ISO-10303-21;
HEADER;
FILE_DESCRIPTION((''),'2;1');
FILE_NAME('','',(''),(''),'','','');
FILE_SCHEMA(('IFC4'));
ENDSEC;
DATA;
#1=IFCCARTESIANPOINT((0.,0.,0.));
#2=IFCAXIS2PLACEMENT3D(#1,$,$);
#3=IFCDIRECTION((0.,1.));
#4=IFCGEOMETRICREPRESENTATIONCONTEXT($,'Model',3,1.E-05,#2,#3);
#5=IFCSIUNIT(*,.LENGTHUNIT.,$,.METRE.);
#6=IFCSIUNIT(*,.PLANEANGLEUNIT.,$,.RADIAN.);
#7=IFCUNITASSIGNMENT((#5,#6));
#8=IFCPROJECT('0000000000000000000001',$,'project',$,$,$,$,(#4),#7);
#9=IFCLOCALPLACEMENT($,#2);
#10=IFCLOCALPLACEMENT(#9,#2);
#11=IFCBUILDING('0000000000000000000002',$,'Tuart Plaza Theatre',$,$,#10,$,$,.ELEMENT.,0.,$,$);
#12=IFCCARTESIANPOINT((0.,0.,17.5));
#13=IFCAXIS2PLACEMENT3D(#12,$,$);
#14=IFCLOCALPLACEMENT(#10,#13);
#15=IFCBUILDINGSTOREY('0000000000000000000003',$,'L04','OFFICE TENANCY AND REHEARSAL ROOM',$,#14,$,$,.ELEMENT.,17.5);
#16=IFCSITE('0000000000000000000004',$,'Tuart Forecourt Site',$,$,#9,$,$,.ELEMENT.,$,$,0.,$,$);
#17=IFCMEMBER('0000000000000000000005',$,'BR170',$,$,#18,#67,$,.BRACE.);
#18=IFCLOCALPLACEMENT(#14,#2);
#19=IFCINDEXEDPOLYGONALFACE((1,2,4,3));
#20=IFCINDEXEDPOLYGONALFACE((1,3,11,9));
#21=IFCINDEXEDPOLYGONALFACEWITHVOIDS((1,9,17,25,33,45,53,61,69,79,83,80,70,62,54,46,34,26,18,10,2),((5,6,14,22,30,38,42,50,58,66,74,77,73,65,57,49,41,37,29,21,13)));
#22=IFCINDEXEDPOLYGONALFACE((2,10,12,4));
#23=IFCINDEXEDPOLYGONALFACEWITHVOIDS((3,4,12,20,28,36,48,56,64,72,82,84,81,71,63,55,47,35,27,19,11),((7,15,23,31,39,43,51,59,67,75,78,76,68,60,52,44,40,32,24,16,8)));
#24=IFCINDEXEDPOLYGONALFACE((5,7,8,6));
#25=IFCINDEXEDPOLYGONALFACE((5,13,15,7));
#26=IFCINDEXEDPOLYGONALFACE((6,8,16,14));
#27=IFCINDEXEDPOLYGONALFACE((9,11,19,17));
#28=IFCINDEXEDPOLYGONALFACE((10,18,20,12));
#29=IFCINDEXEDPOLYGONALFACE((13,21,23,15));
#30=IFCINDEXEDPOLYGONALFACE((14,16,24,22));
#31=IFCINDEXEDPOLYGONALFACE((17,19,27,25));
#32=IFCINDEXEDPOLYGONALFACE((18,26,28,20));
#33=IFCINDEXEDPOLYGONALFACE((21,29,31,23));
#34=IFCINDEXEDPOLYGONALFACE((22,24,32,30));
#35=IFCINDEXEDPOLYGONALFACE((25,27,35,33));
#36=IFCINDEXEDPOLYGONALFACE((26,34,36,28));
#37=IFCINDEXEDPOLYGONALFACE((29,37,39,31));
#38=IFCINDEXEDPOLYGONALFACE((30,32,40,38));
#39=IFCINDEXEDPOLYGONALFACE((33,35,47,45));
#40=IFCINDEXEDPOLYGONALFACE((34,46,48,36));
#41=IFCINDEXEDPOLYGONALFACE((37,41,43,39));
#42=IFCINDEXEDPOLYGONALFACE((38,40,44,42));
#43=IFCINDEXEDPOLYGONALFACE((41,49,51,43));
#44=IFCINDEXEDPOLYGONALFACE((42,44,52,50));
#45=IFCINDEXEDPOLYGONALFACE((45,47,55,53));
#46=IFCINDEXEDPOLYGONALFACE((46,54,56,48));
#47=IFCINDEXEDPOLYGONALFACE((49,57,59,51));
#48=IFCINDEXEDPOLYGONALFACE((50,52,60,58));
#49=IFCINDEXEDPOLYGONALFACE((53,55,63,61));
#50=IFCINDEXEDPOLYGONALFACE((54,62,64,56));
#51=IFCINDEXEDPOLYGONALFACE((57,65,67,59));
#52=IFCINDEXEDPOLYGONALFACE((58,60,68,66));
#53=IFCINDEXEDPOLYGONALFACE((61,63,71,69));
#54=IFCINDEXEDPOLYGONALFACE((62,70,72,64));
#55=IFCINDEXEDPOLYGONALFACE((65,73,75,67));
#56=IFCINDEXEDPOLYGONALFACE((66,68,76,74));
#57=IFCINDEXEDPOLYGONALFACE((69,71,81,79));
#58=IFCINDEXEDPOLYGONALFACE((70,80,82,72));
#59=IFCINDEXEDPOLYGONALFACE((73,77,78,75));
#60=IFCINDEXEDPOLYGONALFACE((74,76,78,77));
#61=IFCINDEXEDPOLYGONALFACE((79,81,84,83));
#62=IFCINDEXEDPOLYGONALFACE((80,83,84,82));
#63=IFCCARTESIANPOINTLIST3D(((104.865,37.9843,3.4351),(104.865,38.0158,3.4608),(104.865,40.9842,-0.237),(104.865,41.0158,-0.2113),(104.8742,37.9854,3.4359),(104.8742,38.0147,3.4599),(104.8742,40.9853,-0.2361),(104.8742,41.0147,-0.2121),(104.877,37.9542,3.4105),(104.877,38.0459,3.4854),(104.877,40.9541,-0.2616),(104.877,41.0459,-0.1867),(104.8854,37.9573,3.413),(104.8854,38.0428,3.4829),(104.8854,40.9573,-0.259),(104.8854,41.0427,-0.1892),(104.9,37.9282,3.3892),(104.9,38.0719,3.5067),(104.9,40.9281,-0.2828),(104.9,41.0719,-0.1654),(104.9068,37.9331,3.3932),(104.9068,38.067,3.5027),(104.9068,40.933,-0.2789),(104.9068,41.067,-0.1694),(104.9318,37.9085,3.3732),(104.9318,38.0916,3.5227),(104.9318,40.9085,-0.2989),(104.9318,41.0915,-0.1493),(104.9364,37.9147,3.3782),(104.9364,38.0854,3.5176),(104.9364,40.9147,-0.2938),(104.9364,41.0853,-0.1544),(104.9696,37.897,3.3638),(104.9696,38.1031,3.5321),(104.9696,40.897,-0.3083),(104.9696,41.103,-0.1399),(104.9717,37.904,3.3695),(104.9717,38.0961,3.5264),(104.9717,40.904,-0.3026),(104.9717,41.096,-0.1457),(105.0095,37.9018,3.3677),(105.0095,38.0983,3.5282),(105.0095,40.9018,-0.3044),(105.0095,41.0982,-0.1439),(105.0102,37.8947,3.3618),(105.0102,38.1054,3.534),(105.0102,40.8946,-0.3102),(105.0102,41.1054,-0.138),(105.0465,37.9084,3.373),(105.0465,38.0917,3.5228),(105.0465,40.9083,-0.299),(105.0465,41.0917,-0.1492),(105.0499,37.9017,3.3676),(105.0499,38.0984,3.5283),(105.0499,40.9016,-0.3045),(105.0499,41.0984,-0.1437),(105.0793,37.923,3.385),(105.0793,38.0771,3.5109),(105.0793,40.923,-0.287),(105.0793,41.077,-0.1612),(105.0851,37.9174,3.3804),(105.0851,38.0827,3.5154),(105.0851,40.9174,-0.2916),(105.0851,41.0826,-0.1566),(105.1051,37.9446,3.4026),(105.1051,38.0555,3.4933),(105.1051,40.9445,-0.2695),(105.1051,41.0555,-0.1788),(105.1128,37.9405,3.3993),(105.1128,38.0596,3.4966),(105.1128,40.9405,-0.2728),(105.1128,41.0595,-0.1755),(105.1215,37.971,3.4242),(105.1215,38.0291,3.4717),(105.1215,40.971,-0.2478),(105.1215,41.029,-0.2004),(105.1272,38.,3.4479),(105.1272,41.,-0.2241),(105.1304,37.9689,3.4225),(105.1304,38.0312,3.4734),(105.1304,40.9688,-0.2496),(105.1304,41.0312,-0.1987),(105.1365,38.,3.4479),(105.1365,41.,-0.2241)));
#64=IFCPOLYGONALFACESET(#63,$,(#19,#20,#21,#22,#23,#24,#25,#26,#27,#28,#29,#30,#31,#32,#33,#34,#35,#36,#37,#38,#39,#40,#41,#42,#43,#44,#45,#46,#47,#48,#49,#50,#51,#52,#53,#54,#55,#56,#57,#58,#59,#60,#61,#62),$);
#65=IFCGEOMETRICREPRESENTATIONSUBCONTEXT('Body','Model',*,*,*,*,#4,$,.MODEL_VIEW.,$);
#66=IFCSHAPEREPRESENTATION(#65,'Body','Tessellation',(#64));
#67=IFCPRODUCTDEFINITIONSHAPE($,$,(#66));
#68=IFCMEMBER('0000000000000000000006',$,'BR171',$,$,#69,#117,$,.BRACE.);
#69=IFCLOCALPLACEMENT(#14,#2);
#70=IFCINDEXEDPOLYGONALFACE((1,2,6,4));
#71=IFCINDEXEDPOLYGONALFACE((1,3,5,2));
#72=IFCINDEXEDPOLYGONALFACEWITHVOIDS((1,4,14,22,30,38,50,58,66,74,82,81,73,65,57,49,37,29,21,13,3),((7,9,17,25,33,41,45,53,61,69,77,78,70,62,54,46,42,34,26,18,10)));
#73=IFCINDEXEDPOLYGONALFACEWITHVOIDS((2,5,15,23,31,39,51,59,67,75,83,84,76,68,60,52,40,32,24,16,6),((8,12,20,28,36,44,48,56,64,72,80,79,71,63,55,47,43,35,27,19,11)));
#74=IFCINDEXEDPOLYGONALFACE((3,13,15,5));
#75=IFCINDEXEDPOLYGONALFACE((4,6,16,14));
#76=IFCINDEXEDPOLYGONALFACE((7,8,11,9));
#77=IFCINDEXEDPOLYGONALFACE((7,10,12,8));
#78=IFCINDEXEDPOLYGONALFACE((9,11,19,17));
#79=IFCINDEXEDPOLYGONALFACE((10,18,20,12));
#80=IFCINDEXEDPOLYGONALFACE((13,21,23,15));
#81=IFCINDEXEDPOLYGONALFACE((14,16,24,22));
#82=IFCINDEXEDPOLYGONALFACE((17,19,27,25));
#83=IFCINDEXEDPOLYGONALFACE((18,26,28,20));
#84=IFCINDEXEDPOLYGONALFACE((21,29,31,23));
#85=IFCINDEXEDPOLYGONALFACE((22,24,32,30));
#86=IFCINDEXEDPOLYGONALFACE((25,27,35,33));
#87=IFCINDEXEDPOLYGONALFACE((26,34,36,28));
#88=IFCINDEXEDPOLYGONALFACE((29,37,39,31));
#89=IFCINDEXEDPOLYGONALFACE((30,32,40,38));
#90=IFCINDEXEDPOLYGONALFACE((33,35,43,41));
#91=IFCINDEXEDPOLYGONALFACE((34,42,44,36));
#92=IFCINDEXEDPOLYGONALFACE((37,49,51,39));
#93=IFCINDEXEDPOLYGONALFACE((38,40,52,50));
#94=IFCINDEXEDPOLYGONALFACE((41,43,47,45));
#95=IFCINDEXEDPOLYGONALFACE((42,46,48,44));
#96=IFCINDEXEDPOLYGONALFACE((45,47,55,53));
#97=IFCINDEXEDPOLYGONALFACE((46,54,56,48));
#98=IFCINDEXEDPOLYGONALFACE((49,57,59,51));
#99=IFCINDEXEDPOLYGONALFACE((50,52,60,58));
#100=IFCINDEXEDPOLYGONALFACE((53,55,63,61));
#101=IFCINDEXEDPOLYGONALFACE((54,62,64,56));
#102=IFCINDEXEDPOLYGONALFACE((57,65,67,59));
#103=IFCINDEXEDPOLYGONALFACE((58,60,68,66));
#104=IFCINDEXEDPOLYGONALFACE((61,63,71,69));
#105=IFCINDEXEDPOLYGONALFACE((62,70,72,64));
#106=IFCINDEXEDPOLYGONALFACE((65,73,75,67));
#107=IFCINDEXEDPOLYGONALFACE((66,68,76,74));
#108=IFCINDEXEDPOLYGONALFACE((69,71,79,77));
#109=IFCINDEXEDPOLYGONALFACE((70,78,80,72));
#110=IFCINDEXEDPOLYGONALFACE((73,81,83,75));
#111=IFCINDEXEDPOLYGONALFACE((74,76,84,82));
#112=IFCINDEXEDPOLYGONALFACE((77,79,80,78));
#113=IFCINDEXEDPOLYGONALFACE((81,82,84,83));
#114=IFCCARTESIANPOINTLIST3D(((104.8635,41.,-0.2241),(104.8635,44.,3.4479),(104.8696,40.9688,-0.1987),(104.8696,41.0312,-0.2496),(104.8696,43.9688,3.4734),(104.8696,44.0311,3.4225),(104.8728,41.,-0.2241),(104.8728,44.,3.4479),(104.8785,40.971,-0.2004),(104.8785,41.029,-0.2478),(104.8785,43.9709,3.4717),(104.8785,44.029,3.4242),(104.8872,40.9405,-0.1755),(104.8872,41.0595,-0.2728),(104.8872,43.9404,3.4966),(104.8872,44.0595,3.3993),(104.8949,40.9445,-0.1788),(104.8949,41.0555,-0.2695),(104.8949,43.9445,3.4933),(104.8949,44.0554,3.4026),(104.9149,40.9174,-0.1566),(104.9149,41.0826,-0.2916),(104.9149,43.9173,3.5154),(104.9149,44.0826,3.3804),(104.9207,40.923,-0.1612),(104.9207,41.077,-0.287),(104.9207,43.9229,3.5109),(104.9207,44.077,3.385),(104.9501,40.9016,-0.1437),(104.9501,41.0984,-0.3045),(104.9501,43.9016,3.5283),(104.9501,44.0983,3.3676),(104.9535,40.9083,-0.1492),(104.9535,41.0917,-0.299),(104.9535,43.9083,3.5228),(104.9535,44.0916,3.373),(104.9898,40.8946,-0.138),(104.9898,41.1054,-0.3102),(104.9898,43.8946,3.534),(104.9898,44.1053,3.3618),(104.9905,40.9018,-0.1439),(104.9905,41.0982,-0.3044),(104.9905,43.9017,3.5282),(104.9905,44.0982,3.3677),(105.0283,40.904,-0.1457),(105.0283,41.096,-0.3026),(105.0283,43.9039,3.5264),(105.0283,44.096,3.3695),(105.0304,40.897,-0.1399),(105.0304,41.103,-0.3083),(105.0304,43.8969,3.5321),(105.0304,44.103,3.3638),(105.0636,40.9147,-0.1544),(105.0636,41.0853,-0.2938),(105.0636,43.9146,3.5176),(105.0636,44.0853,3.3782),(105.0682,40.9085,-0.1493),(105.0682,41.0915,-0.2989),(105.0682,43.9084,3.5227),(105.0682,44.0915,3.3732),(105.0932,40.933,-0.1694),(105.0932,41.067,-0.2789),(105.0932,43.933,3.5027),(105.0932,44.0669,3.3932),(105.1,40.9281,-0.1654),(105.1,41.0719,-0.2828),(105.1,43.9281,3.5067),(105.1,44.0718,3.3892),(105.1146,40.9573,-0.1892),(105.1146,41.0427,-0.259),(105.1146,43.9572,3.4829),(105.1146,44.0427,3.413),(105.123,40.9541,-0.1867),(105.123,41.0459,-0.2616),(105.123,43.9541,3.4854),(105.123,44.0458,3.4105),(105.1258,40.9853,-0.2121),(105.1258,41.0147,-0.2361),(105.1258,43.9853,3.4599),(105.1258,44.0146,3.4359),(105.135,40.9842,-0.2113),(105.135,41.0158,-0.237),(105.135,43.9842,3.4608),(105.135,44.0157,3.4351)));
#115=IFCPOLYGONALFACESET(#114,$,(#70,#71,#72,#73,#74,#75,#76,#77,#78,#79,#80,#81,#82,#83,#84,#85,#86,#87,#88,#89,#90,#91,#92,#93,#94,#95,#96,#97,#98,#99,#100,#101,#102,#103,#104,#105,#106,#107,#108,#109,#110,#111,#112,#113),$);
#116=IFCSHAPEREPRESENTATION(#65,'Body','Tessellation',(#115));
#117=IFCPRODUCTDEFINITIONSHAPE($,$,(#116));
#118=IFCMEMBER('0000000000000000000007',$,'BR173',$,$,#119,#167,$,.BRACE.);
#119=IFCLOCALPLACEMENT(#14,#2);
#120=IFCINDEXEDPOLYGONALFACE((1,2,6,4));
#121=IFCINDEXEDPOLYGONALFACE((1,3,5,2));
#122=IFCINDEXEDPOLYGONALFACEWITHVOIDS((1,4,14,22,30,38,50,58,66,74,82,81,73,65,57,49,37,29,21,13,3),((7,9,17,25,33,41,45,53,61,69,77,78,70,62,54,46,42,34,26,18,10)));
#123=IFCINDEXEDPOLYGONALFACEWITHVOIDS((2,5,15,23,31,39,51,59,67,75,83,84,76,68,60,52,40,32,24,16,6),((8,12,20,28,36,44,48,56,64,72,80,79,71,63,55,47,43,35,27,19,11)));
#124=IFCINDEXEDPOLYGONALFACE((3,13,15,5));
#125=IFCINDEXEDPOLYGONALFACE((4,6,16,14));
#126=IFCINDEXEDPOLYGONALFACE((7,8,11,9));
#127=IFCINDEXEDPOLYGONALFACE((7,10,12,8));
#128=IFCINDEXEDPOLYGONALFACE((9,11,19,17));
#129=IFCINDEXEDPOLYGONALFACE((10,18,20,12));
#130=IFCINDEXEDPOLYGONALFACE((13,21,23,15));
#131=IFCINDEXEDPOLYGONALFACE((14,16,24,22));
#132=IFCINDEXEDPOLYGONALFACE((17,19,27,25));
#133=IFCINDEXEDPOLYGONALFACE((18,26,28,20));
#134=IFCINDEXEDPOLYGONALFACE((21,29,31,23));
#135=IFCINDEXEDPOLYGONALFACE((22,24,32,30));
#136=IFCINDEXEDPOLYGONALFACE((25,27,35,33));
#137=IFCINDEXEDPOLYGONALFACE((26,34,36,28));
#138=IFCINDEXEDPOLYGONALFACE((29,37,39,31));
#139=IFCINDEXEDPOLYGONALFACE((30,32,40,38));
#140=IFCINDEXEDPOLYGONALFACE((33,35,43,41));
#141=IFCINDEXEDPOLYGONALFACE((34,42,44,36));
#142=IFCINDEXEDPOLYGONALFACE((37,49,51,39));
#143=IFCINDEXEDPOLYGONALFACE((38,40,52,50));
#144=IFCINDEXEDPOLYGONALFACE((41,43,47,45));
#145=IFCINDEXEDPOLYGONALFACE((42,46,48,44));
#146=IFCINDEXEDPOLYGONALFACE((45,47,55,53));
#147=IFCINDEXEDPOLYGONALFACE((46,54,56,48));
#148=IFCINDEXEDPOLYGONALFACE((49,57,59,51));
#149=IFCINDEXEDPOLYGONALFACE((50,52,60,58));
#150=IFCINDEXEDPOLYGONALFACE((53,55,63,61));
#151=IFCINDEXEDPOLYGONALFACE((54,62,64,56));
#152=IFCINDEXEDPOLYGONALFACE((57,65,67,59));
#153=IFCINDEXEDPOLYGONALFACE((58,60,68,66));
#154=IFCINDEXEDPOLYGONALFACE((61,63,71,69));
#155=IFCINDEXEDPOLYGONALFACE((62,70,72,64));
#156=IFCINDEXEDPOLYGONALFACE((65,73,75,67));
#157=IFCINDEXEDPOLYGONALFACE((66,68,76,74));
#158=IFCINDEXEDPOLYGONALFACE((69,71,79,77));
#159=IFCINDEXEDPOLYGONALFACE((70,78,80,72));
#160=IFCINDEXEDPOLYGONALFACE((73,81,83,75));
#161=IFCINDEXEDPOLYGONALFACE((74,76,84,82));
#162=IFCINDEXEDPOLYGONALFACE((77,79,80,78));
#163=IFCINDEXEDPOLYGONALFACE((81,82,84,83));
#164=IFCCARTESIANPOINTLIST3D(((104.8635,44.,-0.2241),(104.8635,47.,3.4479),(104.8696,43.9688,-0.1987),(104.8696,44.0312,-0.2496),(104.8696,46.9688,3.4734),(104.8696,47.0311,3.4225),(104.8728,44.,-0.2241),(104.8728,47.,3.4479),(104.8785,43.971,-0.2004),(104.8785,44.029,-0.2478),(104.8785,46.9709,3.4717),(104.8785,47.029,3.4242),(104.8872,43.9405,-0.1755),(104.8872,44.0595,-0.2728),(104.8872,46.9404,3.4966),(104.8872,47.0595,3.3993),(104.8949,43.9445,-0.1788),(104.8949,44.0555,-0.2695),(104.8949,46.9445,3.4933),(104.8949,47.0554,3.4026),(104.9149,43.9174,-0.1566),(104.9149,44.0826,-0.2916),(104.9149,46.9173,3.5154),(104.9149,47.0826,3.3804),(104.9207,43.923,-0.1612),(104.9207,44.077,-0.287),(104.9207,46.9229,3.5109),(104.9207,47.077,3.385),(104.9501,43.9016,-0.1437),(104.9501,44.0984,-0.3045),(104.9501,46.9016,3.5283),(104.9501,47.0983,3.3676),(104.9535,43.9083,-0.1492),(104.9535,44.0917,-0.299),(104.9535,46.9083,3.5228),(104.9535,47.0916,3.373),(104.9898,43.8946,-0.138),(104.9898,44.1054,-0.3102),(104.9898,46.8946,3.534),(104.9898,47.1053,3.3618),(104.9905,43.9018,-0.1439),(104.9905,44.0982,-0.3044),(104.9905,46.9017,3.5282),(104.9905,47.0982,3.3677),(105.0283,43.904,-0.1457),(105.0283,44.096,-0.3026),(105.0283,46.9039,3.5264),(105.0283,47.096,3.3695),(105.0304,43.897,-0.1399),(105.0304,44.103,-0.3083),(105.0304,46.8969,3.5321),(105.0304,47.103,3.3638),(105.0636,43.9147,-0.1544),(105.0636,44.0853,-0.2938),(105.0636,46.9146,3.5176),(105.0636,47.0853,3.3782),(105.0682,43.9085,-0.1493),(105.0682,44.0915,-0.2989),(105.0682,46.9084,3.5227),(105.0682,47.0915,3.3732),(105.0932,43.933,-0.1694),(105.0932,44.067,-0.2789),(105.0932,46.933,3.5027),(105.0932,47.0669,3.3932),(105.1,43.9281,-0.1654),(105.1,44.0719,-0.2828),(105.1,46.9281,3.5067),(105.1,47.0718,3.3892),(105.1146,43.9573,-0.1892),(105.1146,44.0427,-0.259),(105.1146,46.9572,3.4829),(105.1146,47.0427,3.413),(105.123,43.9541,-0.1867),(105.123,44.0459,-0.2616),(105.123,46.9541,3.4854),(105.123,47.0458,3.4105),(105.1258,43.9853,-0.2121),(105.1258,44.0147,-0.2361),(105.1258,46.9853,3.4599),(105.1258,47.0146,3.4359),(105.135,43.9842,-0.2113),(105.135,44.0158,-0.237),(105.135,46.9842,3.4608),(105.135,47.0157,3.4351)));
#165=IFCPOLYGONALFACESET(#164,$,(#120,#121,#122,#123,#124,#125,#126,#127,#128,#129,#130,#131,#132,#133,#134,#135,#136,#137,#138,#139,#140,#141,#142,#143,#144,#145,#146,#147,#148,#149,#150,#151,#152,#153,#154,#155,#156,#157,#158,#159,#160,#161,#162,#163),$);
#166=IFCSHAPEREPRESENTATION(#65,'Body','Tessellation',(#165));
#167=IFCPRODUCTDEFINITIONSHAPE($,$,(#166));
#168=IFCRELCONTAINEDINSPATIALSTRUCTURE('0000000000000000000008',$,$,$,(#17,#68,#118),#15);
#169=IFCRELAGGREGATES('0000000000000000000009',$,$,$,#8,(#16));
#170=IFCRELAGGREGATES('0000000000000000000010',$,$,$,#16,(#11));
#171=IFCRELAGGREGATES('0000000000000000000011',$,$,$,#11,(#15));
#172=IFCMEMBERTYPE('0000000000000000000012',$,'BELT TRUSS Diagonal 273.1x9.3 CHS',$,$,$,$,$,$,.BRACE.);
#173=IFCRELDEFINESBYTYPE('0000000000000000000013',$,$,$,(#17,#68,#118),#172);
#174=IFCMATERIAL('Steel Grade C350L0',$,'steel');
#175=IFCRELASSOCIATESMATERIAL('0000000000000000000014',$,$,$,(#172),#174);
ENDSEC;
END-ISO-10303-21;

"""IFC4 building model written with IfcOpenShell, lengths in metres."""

from ifc_helpers import new_model, si_unit, direction, frame, origin, origin_2d, place, context, subcontext, project, spatial, hollow_circle, extrude, material, material_profile, profile_set, type_object, element, save


model = new_model("IFC4")

# Units and contexts
model_context = context("Model", 3, precision=1e-05, world=origin(), true_north=direction((0.0, 1.0)))
body_context = subcontext(model_context, "Body", "Model", "MODEL_VIEW")
ifc_project = project(units=[si_unit("LENGTHUNIT", "METRE"), si_unit("PLANEANGLEUNIT", "RADIAN")], contexts=[model_context])

# Site, building, storey
site_placement = place(None, origin())
site = spatial("IfcSite", under=ifc_project, at=site_placement, Name="Tuart Forecourt Site", CompositionType="ELEMENT", RefElevation=0.0)
building_placement = place(site_placement, origin())
building = spatial("IfcBuilding", under=site, at=building_placement, Name="Tuart Plaza Theatre", CompositionType="ELEMENT", ElevationOfRefHeight=0.0)
storey_placement = place(building_placement, frame((0.0, 0.0, 17.5)))
storey = spatial("IfcBuildingStorey", under=building, at=storey_placement, Name="L04", Description="OFFICE TENANCY AND REHEARSAL ROOM", CompositionType="ELEMENT", Elevation=17.5)

# Members
ifc_material_1 = material(Name="Steel Grade C350L0", Category="steel")
ifc_material_profile_1 = material_profile(ifc_material_1, hollow_circle(Radius=0.1365, WallThickness=0.0093, at=origin_2d()), Name="273.1x9.3 CHS")
ifc_profile_set_1 = profile_set([ifc_material_profile_1], Name="Steel Grade C350L0")
member_type_1 = type_object("IfcMemberType", Name="BELT TRUSS Diagonal 273.1x9.3 CHS", PredefinedType="BRACE", material=ifc_profile_set_1)
for number, where, z_axis, x_axis, name in (
    (1, (105.0, 41.0, -0.2241), (0.0, -0.632674, 0.774418), (1.0, 0.0, 0.0), "BR170"),
    (2, (105.0, 41.0, -0.2241), (0.0, 0.632674, 0.774418), (-1.0, 0.0, 0.0), "BR171"),
    (3, (105.0, 44.0, -0.2241), (0.0, 0.632674, 0.774418), (-1.0, 0.0, 0.0), "BR173"),
):
    element("IfcMember", number, at=place(storey_placement, frame(where, z_axis=z_axis, x_axis=x_axis)), inside=storey, type_object=member_type_1, Name=name, PredefinedType="BRACE", context=body_context, shape_type="SweptSolid", body=[
        extrude(hollow_circle(Radius=0.1365, WallThickness=0.0093, at=origin_2d()), origin(), (0.0, 0.0, 1.0), 4.7417),
    ])

save(model, "model.ifc")
